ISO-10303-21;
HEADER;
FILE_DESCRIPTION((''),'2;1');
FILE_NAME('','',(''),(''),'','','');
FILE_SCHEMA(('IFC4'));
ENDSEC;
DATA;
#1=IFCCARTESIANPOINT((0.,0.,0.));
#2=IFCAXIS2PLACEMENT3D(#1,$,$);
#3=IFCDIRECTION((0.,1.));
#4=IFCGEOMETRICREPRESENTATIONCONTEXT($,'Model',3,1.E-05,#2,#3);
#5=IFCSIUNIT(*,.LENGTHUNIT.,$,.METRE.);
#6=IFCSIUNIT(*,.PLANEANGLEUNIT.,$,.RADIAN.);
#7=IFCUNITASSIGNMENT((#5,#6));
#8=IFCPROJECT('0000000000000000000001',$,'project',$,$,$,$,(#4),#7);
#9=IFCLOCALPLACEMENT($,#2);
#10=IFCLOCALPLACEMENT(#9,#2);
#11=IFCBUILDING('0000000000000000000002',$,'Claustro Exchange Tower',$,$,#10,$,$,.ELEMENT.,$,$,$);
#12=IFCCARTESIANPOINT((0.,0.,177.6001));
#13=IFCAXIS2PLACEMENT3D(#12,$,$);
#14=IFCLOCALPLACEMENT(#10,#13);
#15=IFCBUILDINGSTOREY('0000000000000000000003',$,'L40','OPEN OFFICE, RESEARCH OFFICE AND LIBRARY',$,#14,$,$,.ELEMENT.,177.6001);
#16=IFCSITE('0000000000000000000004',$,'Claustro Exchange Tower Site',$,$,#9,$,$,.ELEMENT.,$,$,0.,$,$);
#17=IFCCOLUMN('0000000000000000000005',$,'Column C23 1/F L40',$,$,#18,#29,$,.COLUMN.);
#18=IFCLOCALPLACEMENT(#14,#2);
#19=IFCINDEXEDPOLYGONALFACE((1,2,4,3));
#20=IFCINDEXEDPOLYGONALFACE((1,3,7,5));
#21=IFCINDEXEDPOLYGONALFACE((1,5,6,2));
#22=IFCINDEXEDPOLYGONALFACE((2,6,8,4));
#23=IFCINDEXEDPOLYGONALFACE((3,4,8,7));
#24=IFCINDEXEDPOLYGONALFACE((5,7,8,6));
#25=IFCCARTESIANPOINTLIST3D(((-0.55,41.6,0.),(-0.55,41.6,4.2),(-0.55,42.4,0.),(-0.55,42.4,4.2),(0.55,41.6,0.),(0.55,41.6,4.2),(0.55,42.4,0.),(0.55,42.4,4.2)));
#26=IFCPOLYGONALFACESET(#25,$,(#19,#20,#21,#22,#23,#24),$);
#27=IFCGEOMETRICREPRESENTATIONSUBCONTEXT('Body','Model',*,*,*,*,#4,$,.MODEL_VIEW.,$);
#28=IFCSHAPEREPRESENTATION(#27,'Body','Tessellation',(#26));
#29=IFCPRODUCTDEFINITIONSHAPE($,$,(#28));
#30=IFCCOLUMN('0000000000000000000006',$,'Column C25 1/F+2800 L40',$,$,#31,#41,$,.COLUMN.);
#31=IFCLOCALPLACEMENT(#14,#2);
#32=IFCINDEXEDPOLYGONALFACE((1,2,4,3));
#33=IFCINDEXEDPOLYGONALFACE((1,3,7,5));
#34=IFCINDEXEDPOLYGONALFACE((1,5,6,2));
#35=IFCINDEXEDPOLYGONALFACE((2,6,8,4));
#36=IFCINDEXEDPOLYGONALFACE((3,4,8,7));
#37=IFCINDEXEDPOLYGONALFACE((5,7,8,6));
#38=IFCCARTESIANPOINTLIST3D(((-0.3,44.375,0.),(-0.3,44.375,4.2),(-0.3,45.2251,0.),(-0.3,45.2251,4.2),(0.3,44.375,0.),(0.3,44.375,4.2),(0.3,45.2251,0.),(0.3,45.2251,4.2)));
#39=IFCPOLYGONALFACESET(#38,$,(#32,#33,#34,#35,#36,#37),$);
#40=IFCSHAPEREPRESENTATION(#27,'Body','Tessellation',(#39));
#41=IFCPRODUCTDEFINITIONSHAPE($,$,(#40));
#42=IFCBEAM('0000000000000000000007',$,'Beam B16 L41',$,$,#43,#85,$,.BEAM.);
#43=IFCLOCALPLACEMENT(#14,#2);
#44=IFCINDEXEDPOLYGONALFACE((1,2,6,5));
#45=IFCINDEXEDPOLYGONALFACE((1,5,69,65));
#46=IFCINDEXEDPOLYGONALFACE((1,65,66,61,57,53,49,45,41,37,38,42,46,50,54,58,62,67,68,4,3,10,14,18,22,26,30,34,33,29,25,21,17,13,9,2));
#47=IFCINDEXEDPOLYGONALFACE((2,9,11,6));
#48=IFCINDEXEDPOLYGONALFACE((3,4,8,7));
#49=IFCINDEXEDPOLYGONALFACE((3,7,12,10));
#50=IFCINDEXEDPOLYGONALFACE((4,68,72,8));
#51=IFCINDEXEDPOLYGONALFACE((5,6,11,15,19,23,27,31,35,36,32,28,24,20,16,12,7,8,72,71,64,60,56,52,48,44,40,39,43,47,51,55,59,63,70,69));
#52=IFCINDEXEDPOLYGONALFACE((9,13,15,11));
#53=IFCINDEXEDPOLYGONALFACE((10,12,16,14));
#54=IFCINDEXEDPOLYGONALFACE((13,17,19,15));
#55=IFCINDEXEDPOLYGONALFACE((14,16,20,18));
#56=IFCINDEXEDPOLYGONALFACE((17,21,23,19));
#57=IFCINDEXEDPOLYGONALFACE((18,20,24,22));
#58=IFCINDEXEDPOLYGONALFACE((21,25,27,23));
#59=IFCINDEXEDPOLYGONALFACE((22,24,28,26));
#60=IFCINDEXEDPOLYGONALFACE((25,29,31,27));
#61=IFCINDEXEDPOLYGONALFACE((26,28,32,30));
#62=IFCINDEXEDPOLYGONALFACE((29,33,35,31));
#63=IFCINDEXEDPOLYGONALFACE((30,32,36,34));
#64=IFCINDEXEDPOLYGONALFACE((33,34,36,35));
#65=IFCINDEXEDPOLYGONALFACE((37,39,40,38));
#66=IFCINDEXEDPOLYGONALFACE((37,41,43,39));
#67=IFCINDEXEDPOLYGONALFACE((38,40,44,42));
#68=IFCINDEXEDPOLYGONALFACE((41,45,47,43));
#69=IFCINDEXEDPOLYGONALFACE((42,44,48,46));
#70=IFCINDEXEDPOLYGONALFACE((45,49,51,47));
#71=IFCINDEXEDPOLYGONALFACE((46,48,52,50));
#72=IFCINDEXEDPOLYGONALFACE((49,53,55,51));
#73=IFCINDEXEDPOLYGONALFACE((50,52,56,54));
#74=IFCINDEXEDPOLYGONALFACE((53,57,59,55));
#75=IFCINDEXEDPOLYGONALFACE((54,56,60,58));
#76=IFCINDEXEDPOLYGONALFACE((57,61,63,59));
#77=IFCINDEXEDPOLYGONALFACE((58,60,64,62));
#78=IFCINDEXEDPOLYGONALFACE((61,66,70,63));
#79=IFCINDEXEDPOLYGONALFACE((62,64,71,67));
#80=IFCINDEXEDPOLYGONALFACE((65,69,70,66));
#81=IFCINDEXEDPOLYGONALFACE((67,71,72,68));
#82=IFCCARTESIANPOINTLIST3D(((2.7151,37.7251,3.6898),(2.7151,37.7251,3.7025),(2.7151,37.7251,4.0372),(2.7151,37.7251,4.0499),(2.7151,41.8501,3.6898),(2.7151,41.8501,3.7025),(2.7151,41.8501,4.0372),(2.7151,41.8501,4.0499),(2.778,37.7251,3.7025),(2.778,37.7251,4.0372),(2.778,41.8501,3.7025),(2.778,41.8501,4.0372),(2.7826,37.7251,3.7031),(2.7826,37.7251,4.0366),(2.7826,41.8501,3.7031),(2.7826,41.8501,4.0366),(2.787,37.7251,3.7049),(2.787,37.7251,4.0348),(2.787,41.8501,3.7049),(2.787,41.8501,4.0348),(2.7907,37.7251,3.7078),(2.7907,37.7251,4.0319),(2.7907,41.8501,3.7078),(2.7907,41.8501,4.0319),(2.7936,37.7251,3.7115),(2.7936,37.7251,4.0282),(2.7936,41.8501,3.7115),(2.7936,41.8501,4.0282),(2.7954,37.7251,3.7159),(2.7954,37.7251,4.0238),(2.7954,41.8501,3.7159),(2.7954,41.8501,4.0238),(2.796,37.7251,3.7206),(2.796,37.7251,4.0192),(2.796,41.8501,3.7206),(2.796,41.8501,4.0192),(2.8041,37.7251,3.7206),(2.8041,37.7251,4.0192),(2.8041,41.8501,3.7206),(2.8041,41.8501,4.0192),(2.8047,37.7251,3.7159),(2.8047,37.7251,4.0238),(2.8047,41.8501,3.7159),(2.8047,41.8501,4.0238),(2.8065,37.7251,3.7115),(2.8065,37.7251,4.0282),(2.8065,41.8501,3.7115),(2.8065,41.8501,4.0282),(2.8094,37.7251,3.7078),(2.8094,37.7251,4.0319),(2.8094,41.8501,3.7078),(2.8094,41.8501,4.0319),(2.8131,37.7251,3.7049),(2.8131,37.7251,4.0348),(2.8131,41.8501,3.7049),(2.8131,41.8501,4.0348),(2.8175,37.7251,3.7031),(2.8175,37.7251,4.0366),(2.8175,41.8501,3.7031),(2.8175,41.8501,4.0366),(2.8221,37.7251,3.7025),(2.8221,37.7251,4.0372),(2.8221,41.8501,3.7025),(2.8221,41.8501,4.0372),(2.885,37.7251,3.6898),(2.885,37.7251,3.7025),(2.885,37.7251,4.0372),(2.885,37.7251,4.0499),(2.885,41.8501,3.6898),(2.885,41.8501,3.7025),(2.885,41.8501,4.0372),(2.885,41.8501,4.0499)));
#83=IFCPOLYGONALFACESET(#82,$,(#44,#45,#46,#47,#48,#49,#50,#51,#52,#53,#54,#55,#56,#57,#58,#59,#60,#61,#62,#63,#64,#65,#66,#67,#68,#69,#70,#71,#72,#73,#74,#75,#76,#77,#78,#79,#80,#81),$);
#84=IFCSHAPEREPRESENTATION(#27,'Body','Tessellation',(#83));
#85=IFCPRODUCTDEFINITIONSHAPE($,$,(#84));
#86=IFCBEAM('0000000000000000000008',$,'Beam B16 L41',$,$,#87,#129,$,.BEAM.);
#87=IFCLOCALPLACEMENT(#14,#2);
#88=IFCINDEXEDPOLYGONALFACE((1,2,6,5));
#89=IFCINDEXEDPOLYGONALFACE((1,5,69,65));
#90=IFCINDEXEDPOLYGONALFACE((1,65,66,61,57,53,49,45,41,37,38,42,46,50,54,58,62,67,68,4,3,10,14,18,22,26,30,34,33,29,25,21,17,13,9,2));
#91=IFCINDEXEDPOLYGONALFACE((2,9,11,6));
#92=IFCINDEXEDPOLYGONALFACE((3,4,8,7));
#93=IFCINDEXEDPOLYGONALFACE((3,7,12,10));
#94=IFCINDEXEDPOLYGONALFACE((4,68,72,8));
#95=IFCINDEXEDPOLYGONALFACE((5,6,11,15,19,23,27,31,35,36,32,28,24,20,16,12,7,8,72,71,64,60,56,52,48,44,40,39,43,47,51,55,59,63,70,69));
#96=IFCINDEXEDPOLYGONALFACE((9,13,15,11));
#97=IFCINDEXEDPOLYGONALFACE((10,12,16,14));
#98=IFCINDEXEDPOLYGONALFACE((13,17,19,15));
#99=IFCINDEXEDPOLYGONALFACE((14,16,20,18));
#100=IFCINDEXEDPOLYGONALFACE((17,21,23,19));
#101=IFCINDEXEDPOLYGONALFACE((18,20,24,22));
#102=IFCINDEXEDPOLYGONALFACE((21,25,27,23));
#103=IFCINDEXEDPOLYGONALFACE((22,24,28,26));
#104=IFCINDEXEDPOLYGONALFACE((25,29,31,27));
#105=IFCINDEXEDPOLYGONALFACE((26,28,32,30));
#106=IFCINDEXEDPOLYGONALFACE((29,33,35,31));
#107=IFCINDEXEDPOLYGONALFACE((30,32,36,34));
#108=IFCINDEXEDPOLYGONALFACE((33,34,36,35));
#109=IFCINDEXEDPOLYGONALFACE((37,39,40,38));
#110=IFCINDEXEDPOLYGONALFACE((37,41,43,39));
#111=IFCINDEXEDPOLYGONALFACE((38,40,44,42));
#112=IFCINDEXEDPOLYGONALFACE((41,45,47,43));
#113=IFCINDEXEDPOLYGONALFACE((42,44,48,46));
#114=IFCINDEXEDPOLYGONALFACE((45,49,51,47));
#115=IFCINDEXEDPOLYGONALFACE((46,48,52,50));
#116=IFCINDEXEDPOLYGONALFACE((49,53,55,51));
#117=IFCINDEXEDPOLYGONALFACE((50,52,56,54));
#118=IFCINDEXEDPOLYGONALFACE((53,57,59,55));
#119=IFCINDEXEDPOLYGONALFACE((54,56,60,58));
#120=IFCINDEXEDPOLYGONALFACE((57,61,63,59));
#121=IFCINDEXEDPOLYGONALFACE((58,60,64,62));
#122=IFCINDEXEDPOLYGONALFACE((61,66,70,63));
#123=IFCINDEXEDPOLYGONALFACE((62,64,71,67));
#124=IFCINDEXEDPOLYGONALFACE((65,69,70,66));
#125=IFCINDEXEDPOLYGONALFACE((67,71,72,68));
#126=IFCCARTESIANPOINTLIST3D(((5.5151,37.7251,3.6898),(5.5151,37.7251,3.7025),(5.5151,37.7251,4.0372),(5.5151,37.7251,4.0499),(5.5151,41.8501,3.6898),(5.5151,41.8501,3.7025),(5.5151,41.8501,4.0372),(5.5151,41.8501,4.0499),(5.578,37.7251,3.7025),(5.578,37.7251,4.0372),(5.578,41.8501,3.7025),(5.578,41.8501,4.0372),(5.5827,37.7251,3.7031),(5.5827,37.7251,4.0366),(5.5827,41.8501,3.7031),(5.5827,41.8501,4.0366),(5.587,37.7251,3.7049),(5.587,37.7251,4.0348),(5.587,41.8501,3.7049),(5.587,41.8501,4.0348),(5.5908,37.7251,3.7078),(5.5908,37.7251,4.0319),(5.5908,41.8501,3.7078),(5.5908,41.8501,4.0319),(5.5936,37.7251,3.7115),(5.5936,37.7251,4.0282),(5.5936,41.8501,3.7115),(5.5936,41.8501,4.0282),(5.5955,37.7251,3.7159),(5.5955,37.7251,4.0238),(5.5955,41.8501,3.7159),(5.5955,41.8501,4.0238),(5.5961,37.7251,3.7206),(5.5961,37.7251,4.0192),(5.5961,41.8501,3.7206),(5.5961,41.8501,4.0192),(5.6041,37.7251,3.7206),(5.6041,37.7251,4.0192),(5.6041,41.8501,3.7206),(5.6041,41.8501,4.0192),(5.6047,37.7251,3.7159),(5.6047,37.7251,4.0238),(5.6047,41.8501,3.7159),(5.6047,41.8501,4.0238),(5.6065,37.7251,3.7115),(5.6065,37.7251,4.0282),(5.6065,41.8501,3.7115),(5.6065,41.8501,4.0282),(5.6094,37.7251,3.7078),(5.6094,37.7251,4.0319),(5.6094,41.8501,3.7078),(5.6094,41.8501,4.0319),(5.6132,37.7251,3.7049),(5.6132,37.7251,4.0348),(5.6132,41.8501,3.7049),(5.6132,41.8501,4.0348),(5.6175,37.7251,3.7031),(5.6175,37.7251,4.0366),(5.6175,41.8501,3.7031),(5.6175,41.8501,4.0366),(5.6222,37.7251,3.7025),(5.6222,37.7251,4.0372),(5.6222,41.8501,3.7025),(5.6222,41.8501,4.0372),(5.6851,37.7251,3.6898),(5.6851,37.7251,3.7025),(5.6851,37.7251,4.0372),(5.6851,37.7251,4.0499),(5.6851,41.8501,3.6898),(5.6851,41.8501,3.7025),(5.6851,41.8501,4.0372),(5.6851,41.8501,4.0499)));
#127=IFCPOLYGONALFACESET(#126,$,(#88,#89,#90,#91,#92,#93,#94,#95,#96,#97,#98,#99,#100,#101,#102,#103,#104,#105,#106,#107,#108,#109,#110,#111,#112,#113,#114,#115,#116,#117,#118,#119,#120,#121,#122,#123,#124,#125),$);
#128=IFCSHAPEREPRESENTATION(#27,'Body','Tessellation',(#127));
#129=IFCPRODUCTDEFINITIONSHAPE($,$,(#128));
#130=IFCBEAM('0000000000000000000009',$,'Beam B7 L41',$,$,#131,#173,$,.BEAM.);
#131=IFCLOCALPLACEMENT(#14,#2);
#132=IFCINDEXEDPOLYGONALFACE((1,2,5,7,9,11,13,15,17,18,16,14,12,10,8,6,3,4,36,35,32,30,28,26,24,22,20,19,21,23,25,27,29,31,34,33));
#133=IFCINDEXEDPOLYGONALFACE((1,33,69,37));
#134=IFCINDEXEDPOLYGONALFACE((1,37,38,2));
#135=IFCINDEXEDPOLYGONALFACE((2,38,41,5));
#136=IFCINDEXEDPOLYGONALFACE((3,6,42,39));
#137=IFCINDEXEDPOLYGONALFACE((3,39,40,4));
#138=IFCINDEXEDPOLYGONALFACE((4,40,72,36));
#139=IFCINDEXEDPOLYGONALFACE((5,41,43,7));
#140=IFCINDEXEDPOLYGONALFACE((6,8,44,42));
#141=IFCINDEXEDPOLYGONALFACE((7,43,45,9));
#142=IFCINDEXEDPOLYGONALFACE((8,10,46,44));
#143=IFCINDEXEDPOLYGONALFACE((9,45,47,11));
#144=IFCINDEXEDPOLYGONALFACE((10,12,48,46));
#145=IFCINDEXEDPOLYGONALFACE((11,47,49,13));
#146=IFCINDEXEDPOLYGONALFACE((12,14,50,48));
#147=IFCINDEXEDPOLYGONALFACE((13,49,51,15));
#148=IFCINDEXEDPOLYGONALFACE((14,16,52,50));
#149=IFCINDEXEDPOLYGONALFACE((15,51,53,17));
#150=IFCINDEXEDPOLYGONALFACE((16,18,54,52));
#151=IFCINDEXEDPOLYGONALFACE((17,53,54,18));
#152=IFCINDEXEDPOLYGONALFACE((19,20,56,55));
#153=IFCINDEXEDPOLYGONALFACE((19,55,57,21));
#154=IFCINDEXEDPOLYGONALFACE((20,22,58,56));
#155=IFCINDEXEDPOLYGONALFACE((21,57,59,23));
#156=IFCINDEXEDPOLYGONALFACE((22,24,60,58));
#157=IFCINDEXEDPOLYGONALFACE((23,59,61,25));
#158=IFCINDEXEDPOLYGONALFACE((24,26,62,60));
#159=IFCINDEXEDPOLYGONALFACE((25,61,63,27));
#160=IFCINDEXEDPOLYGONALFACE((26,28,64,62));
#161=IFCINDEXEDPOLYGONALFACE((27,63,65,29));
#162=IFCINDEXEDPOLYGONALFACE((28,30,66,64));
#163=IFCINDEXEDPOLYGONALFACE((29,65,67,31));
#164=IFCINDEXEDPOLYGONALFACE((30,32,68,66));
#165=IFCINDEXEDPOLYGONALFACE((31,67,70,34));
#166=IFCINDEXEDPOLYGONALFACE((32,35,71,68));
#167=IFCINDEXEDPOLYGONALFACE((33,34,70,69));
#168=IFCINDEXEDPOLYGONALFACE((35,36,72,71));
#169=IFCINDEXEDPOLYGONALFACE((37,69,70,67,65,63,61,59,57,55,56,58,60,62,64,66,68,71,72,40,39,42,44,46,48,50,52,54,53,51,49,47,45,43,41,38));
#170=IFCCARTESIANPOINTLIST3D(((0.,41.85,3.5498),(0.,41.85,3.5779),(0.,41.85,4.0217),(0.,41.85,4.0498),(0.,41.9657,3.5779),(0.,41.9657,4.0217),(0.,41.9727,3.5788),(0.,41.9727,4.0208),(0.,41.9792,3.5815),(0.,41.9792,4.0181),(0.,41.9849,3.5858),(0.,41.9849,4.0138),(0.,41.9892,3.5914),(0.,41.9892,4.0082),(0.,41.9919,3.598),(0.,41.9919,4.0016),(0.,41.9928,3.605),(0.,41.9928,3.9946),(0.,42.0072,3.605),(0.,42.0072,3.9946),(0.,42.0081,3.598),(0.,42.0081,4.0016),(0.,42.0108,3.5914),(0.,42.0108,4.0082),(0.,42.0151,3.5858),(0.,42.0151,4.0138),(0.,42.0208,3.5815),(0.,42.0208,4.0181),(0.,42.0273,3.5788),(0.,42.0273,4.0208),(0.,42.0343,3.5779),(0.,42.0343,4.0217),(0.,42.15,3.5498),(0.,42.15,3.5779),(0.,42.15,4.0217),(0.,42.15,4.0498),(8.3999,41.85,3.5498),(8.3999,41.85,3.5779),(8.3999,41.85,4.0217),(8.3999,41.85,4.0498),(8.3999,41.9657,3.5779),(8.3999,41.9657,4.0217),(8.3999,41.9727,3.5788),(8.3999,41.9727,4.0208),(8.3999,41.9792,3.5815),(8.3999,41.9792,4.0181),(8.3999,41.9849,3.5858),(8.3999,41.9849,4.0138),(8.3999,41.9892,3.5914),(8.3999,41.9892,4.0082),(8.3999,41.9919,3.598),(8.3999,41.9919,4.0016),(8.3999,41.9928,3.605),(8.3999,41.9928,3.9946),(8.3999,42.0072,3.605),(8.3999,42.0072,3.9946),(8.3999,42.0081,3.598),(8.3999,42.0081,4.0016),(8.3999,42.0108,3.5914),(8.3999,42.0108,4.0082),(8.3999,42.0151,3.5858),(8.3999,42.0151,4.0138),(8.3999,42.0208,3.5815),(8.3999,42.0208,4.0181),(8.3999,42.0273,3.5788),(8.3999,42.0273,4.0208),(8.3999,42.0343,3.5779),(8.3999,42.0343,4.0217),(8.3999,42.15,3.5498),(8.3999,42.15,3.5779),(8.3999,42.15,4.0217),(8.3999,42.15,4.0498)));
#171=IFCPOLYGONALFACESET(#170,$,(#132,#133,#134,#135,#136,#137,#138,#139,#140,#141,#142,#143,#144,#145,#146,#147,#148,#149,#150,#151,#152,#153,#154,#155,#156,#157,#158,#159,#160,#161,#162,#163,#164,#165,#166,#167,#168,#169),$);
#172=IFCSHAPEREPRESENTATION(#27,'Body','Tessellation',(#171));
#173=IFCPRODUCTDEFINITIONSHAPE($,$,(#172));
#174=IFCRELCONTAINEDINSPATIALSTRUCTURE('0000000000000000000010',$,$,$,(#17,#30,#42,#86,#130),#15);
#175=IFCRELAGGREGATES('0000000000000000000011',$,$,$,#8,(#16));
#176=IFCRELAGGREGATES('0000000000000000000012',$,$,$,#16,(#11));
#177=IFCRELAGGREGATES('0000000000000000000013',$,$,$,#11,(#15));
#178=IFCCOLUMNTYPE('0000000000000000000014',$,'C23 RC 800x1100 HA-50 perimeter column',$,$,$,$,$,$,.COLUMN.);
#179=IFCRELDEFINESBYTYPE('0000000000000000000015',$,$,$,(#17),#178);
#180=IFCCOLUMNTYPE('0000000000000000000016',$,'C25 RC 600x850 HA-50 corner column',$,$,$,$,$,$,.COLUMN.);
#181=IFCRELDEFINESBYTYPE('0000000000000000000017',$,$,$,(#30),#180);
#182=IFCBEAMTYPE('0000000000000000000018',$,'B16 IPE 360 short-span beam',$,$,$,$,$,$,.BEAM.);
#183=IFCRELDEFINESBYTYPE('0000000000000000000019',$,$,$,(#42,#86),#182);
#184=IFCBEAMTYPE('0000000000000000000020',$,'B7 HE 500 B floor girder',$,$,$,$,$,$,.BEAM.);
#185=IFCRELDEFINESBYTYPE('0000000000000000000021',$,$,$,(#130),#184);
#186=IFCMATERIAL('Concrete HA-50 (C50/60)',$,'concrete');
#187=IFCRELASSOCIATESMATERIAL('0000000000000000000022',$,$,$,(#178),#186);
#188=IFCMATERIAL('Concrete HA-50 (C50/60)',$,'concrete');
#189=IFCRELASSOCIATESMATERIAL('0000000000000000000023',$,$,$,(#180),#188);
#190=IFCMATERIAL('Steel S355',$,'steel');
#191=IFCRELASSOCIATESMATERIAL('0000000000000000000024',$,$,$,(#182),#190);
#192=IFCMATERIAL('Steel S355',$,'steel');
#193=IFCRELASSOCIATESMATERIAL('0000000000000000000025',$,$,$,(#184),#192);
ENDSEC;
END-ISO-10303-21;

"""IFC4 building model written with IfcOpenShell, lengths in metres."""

from ifc_helpers import new_model, si_unit, direction, frame, origin, origin_2d, place, context, subcontext, project, spatial, rectangle, i_section, extrude, material, material_profile, profile_set, type_object, element, save


model = new_model("IFC4")

# Units and contexts
model_context = context("Model", 3, precision=1e-05, world=origin(), true_north=direction((0.0, 1.0)))
body_context = subcontext(model_context, "Body", "Model", "MODEL_VIEW")
ifc_project = project(units=[si_unit("LENGTHUNIT", "METRE"), si_unit("PLANEANGLEUNIT", "RADIAN")], contexts=[model_context])

# Site, building, storey
site_placement = place(None, origin())
site = spatial("IfcSite", under=ifc_project, at=site_placement, Name="Claustro Exchange Tower Site", CompositionType="ELEMENT", RefElevation=0.0)
building_placement = place(site_placement, origin())
building = spatial("IfcBuilding", under=site, at=building_placement, Name="Claustro Exchange Tower", CompositionType="ELEMENT")
storey_placement = place(building_placement, frame((0.0, 0.0, 177.6001)))
storey = spatial("IfcBuildingStorey", under=building, at=storey_placement, Name="L40", Description="OPEN OFFICE, RESEARCH OFFICE AND LIBRARY", CompositionType="ELEMENT", Elevation=177.6001)

# Columns
ifc_material_1 = material(Name="Concrete HA-50 (C50/60)", Category="concrete")
ifc_material_profile_1 = material_profile(ifc_material_1, rectangle(XDim=0.8, YDim=1.1001, at=origin_2d()), Name="RC 800x1100")
ifc_profile_set_1 = profile_set([ifc_material_profile_1], Name="Concrete HA-50 (C50/60)")
column_type_1 = type_object("IfcColumnType", Name="C23 RC 800x1100 HA-50 perimeter column", PredefinedType="COLUMN", material=ifc_profile_set_1)
column_1_placement = place(storey_placement, frame((0.0, 42.0, 0.0), z_axis=(0.0, 0.0, 1.0), x_axis=(0.0, 1.0, 0.0)))
element("IfcColumn", 1, at=column_1_placement, inside=storey, type_object=column_type_1, Name="Column C23 1/F L40", PredefinedType="COLUMN", context=body_context, shape_type="SweptSolid", body=[
    extrude(rectangle(XDim=0.8, YDim=1.1001, at=origin_2d()), origin(), (0.0, 0.0, 1.0), 4.2),
])
ifc_material_2 = material(Name="Concrete HA-50 (C50/60)", Category="concrete")
ifc_material_profile_2 = material_profile(ifc_material_2, rectangle(XDim=0.6001, YDim=0.8501, at=origin_2d()), Name="RC 600x850")
ifc_profile_set_2 = profile_set([ifc_material_profile_2], Name="Concrete HA-50 (C50/60)")
column_type_2 = type_object("IfcColumnType", Name="C25 RC 600x850 HA-50 corner column", PredefinedType="COLUMN", material=ifc_profile_set_2)
column_2_placement = place(storey_placement, frame((0.0, 44.8, 0.0), z_axis=(0.0, 0.0, 1.0), x_axis=(1.0, 0.0, 0.0)))
element("IfcColumn", 2, at=column_2_placement, inside=storey, type_object=column_type_2, Name="Column C25 1/F+2800 L40", PredefinedType="COLUMN", context=body_context, shape_type="SweptSolid", body=[
    extrude(rectangle(XDim=0.6001, YDim=0.8501, at=origin_2d()), origin(), (0.0, 0.0, 1.0), 4.2),
])

# Beams
ifc_material_3 = material(Name="Steel S355", Category="steel")
ifc_material_profile_3 = material_profile(ifc_material_3, i_section(OverallWidth=0.1699, OverallDepth=0.3601, WebThickness=0.0081, FlangeThickness=0.0127, FilletRadius=0.0181, at=origin_2d()), Name="IPE 360")
ifc_profile_set_3 = profile_set([ifc_material_profile_3], Name="Steel S355")
beam_type_1 = type_object("IfcBeamType", Name="B16 IPE 360 short-span beam", PredefinedType="BEAM", material=ifc_profile_set_3)
for number, where, z_axis, x_axis, name in (
    (3, (2.8, 37.7251, 3.8699), (0.0, 1.0, 0.0), (-1.0, 0.0, 0.0), "Beam B16 L41"),
    (4, (5.6001, 37.7251, 3.8699), (0.0, 1.0, 0.0), (-1.0, 0.0, 0.0), "Beam B16 L41"),
):
    element("IfcBeam", number, at=place(storey_placement, frame(where, z_axis=z_axis, x_axis=x_axis)), inside=storey, type_object=beam_type_1, Name=name, PredefinedType="BEAM", context=body_context, shape_type="SweptSolid", body=[
        extrude(i_section(OverallWidth=0.1699, OverallDepth=0.3601, WebThickness=0.0081, FlangeThickness=0.0127, FilletRadius=0.0181, at=origin_2d()), origin(), (0.0, 0.0, 1.0), 4.125),
    ])
ifc_material_4 = material(Name="Steel S355", Category="steel")
ifc_material_profile_4 = material_profile(ifc_material_4, i_section(OverallWidth=0.3, OverallDepth=0.5, WebThickness=0.0144, FlangeThickness=0.0281, FilletRadius=0.0271, at=origin_2d()), Name="HE 500 B")
ifc_profile_set_4 = profile_set([ifc_material_profile_4], Name="Steel S355")
beam_type_2 = type_object("IfcBeamType", Name="B7 HE 500 B floor girder", PredefinedType="BEAM", material=ifc_profile_set_4)
beam_1_placement = place(storey_placement, frame((0.0, 42.0, 3.7998), z_axis=(1.0, 0.0, 0.0), x_axis=(0.0, 1.0, 0.0)))
element("IfcBeam", 5, at=beam_1_placement, inside=storey, type_object=beam_type_2, Name="Beam B7 L41", PredefinedType="BEAM", context=body_context, shape_type="SweptSolid", body=[
    extrude(i_section(OverallWidth=0.3, OverallDepth=0.5, WebThickness=0.0144, FlangeThickness=0.0281, FilletRadius=0.0271, at=origin_2d()), origin(), (0.0, 0.0, 1.0), 8.3999),
])

save(model, "model.ifc")
